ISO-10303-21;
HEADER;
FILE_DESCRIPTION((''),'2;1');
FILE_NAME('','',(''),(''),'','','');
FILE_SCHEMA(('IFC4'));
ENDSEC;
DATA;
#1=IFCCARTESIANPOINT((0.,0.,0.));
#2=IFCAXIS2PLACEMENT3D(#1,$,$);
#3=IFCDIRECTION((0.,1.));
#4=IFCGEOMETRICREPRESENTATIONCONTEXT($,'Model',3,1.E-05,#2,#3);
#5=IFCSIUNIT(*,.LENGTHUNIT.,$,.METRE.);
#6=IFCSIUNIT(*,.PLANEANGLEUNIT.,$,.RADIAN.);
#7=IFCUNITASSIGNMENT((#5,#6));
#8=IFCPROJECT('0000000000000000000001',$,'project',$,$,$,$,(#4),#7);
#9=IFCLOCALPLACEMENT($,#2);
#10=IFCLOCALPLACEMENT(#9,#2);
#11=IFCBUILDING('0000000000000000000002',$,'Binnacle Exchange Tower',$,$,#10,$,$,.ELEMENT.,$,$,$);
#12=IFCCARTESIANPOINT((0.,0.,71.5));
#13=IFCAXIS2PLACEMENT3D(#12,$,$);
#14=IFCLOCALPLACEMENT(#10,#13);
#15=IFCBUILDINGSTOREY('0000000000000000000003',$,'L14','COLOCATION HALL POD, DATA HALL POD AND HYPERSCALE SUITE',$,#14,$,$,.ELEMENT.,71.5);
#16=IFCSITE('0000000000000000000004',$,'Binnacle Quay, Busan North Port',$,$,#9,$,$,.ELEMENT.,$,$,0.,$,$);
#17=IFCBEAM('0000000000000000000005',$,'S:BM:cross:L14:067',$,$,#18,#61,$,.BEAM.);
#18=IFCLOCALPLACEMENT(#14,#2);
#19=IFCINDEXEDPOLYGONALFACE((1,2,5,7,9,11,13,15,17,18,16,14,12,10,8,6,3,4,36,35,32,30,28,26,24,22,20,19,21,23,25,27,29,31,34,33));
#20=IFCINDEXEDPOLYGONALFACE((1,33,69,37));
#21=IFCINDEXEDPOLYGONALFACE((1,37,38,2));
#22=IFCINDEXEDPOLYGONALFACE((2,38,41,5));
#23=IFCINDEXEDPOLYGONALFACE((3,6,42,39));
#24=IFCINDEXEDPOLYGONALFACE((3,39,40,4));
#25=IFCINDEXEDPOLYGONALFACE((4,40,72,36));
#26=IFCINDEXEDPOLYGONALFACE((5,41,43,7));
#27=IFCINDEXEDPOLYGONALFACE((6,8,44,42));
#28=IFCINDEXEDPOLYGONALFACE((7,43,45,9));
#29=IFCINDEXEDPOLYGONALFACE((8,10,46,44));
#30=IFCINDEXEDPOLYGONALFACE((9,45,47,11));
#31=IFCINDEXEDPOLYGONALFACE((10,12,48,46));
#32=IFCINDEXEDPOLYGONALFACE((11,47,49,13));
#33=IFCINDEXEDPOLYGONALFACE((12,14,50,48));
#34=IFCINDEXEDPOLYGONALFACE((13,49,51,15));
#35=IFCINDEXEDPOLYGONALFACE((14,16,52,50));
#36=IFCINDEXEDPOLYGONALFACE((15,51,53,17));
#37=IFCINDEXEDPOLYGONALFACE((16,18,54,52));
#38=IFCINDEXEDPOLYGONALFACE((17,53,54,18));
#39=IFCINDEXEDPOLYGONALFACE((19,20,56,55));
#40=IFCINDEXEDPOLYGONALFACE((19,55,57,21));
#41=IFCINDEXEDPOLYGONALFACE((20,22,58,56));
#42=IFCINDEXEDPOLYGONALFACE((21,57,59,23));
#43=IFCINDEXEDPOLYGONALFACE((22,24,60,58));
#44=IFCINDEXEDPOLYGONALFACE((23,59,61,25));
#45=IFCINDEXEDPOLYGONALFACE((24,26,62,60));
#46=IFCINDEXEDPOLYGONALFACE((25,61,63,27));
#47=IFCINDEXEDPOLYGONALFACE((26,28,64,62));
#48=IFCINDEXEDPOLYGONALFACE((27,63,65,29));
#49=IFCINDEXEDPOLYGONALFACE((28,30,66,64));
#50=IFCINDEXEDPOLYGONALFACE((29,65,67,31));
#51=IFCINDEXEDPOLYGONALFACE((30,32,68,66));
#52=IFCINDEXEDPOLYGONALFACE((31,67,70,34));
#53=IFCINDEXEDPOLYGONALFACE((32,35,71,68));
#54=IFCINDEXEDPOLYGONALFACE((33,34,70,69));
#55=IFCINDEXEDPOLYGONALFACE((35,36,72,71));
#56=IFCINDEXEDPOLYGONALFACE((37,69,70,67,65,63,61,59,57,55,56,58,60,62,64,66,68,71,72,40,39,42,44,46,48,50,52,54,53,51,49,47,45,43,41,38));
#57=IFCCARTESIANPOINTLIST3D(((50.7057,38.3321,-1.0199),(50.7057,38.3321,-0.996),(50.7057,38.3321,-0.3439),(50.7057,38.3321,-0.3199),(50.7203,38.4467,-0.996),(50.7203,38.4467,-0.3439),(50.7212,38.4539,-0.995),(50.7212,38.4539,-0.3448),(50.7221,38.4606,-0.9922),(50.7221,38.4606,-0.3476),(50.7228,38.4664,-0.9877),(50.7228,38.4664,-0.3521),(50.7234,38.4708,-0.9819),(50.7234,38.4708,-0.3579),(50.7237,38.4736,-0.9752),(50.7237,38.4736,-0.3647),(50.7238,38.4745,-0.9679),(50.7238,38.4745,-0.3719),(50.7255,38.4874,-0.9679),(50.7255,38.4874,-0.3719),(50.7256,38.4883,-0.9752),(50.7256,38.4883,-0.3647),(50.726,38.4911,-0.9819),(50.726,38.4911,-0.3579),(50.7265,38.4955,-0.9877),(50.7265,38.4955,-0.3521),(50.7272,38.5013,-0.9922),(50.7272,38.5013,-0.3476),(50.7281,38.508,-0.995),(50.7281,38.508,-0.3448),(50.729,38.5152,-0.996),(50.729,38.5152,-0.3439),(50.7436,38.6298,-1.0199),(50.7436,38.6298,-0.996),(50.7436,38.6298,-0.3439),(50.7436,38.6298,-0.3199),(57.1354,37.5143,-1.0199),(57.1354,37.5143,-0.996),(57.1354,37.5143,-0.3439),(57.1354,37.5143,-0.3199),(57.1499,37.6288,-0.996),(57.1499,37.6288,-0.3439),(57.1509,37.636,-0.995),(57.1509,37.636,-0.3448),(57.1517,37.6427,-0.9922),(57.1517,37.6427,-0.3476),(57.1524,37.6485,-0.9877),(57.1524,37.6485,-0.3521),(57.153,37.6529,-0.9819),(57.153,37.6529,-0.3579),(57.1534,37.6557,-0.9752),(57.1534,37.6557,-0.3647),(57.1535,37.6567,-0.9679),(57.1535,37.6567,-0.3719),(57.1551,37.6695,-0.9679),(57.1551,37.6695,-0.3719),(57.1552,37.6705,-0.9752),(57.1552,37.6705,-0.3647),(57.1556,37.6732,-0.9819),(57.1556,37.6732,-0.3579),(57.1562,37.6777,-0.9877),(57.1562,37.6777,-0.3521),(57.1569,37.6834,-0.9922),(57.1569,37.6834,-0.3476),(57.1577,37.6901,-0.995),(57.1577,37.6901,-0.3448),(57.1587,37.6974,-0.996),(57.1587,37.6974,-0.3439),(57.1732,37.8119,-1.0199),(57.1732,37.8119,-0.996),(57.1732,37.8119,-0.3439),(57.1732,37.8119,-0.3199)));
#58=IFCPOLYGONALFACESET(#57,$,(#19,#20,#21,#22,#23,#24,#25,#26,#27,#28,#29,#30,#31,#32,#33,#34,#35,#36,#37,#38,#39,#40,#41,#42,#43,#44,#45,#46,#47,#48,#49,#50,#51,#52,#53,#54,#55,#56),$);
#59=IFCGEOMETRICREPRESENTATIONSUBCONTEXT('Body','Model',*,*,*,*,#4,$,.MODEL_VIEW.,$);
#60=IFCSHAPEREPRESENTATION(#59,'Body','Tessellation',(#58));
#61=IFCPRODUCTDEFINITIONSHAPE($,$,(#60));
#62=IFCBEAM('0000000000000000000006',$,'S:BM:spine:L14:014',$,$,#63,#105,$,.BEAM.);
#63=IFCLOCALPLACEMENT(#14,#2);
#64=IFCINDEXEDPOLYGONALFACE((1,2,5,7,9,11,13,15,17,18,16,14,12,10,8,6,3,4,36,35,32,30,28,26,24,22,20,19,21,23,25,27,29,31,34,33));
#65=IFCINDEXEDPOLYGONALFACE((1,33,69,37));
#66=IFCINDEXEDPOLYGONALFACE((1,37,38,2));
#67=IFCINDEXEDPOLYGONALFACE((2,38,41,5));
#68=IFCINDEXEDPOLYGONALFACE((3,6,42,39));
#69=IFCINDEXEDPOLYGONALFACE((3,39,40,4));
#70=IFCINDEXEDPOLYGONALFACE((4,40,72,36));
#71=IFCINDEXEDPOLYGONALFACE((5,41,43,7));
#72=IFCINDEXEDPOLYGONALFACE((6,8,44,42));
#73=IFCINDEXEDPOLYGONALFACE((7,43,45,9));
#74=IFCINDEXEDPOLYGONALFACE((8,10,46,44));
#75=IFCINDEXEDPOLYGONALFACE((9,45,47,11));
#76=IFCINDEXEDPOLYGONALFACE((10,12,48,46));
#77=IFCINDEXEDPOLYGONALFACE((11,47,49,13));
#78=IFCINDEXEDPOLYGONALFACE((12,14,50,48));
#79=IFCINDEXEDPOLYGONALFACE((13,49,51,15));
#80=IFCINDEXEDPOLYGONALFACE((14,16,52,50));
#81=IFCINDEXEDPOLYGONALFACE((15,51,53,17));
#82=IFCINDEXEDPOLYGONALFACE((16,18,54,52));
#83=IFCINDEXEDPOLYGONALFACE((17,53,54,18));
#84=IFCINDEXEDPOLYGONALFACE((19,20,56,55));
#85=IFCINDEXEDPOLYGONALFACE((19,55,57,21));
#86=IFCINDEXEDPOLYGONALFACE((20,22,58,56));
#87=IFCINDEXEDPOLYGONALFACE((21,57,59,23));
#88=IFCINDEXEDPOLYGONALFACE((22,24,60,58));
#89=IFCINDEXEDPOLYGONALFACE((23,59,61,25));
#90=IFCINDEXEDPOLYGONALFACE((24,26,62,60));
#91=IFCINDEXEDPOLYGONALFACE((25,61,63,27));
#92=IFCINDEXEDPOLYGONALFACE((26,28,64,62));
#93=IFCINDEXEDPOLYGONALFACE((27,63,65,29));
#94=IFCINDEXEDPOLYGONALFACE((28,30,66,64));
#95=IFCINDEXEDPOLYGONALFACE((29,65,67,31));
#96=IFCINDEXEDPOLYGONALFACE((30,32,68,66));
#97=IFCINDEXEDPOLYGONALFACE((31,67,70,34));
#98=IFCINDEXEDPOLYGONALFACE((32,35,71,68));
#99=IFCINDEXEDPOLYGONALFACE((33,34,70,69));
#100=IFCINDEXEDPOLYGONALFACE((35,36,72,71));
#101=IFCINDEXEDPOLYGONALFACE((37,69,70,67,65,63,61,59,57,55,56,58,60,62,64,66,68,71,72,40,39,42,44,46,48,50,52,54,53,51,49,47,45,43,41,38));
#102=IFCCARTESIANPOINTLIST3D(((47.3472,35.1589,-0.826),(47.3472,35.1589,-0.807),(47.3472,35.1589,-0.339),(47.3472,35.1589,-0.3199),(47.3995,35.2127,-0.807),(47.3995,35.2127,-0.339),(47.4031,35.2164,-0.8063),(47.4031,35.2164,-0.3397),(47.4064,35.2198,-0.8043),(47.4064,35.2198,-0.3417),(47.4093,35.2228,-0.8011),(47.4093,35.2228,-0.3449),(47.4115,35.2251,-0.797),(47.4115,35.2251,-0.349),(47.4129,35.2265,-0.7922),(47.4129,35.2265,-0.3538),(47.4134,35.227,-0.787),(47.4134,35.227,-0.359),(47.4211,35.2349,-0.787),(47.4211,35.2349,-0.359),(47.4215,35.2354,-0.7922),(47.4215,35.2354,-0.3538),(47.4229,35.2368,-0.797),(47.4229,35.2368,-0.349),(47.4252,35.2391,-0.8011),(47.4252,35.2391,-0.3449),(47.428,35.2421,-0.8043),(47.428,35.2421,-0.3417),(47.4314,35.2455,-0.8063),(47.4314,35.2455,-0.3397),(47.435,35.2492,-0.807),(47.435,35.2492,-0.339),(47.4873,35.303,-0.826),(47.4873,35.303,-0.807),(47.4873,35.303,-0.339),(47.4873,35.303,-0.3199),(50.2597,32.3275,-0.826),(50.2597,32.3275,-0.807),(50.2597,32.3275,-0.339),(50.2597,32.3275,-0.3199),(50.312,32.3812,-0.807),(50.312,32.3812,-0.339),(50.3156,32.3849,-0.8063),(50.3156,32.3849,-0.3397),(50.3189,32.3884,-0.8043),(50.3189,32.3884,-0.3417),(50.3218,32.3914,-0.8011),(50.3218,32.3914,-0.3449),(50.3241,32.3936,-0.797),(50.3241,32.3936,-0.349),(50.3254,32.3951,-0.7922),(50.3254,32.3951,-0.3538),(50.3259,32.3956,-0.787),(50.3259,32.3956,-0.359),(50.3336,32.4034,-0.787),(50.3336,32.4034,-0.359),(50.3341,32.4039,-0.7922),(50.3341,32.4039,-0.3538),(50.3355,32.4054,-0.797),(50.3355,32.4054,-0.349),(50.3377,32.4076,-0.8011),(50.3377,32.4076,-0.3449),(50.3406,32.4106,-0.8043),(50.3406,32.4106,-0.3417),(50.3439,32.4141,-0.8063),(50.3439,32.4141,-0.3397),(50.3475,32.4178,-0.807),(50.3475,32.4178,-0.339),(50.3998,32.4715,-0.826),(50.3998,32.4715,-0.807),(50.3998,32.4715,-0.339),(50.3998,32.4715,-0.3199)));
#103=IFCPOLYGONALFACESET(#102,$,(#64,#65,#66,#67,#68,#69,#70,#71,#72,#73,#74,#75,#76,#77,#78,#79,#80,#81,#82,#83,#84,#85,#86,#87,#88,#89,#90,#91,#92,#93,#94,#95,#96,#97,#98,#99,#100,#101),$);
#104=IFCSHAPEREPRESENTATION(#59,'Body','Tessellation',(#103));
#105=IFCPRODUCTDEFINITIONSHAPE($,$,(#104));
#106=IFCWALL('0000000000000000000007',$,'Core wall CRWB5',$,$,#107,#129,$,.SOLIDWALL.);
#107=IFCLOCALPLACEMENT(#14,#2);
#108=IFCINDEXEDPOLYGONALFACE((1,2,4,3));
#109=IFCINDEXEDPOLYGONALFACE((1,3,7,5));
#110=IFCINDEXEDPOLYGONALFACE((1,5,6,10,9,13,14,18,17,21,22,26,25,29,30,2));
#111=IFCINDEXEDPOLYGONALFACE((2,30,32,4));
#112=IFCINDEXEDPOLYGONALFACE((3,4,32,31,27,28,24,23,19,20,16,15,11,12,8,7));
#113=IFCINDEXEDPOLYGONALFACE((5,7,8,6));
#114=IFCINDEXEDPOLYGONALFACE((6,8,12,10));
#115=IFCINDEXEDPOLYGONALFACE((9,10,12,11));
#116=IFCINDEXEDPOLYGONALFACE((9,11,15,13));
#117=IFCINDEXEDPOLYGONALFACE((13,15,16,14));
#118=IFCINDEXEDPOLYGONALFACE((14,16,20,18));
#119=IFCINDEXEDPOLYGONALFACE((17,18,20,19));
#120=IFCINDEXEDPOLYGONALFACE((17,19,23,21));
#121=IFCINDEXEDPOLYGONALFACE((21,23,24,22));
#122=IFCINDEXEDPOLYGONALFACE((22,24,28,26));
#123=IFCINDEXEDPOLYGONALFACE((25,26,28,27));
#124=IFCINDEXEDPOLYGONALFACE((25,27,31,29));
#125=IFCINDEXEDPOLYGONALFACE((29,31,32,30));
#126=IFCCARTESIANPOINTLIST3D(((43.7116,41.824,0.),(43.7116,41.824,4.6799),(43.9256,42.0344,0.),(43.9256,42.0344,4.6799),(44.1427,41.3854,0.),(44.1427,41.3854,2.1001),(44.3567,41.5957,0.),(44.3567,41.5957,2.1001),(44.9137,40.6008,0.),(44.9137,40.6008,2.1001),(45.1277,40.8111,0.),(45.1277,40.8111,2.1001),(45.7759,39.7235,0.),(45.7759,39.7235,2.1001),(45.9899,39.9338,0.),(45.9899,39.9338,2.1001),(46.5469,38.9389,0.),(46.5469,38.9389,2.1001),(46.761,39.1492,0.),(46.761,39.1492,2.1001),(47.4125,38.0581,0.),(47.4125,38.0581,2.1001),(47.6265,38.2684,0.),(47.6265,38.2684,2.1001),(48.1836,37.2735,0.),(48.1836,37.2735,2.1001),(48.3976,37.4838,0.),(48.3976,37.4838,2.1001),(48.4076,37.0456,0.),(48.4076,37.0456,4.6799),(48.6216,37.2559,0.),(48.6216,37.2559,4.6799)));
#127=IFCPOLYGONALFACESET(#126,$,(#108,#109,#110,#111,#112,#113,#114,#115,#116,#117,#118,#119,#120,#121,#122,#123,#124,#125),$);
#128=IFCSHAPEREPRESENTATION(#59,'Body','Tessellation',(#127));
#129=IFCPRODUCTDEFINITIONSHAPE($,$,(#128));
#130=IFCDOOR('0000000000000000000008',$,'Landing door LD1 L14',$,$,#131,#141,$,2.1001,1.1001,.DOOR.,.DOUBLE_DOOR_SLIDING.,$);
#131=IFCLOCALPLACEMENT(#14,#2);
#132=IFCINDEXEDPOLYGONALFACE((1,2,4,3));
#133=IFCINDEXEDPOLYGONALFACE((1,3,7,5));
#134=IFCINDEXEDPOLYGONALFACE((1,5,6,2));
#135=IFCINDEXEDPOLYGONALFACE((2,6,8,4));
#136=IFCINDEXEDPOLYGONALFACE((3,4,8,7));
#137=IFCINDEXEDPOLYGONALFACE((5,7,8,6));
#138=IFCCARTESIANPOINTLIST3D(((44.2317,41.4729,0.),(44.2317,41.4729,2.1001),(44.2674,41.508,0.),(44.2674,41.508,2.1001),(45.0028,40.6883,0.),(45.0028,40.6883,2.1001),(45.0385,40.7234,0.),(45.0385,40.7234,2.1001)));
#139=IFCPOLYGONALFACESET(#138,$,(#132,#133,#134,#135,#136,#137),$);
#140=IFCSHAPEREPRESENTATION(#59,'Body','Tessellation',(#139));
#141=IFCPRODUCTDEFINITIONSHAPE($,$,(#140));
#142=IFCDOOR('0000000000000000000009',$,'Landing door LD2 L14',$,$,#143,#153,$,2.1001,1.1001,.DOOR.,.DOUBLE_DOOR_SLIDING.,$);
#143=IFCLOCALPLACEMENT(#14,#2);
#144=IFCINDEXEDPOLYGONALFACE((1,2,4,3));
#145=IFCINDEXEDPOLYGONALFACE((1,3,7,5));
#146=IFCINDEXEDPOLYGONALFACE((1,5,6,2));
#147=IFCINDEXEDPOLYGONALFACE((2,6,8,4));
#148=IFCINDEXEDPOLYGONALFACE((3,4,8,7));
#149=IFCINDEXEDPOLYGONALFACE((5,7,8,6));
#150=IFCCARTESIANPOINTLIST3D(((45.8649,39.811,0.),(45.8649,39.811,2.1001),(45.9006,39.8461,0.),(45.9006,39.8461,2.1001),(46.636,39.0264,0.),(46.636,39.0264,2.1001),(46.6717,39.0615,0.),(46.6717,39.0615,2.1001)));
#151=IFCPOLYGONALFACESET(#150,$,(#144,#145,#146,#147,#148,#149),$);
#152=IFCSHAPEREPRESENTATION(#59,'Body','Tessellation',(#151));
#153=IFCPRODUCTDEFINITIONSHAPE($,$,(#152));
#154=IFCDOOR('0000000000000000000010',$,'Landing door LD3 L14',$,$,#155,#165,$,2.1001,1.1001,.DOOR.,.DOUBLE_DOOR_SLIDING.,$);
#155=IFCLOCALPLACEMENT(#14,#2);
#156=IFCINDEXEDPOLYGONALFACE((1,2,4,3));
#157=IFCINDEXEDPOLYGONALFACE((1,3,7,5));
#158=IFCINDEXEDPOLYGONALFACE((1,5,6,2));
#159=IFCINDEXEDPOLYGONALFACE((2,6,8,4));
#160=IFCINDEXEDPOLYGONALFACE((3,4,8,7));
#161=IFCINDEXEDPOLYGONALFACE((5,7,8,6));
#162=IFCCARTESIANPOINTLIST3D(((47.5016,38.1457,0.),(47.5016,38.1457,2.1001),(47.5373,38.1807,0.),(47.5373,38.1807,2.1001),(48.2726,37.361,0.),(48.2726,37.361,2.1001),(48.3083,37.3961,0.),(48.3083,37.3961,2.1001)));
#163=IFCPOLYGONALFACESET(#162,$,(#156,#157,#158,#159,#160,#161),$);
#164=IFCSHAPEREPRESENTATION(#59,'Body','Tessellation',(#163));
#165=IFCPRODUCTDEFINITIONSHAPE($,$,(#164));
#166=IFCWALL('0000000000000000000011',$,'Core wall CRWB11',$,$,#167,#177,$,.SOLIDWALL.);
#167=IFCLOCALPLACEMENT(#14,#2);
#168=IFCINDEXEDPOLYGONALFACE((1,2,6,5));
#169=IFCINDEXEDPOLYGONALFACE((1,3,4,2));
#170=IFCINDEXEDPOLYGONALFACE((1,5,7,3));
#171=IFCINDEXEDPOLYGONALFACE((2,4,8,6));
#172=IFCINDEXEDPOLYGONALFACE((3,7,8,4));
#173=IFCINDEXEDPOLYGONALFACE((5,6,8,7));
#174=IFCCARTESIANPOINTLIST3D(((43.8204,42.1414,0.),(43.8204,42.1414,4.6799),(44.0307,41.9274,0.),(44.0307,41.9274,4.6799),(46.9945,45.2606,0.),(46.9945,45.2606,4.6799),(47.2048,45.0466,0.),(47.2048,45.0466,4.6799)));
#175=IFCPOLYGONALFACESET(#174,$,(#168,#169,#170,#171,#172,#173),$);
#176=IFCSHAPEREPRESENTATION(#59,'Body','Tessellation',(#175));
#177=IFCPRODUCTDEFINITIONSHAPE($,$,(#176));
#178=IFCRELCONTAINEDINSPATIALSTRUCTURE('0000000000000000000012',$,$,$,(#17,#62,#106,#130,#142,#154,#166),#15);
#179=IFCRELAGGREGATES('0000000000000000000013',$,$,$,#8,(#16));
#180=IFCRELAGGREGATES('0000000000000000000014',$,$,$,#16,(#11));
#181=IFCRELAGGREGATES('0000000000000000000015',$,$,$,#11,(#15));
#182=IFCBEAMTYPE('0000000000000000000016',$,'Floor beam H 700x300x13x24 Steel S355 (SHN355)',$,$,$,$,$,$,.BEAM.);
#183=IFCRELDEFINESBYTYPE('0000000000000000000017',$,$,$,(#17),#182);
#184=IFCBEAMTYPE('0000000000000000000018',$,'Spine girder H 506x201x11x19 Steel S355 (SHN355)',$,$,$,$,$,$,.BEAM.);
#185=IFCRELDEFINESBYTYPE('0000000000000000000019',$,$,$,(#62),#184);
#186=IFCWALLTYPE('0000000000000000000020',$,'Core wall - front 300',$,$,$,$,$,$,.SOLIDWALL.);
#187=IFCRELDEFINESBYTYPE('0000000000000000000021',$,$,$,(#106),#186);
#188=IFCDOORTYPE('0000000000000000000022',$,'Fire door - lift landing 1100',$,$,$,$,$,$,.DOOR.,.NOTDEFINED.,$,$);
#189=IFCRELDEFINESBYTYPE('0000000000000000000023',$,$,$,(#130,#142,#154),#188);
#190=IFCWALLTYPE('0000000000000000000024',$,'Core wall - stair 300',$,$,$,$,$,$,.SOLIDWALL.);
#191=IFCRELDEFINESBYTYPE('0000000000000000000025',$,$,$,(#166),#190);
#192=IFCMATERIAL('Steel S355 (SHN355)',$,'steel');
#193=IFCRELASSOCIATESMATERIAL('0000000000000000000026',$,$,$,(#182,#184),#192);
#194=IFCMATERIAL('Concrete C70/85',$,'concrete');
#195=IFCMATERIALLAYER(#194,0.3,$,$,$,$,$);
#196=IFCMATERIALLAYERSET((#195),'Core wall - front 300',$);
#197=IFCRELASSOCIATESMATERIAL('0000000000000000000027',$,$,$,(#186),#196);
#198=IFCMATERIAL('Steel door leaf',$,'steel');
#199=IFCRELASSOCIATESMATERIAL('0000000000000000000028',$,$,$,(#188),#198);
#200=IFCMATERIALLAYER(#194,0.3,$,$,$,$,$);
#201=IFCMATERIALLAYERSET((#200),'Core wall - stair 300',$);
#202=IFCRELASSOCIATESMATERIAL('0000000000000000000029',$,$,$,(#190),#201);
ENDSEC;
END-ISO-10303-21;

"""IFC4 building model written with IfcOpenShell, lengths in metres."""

from ifc_helpers import new_model, si_unit, direction, frame, frame_2d, origin, origin_2d, place, context, subcontext, project, spatial, rectangle, i_section, extrude, material, layer, layer_set, material_profile, profile_set, type_object, element, fill, save


model = new_model("IFC4")

# Units and contexts
model_context = context("Model", 3, precision=1e-05, world=origin(), true_north=direction((0.0, 1.0)))
body_context = subcontext(model_context, "Body", "Model", "MODEL_VIEW")
ifc_project = project(units=[si_unit("LENGTHUNIT", "METRE"), si_unit("PLANEANGLEUNIT", "RADIAN")], contexts=[model_context])

# Site, building, storey
site_placement = place(None, origin())
site = spatial("IfcSite", under=ifc_project, at=site_placement, Name="Binnacle Quay, Busan North Port", CompositionType="ELEMENT", RefElevation=0.0)
building_placement = place(site_placement, origin())
building = spatial("IfcBuilding", under=site, at=building_placement, Name="Binnacle Exchange Tower", CompositionType="ELEMENT")
storey_placement = place(building_placement, frame((0.0, 0.0, 71.5)))
storey = spatial("IfcBuildingStorey", under=building, at=storey_placement, Name="L14", Description="COLOCATION HALL POD, DATA HALL POD AND HYPERSCALE SUITE", CompositionType="ELEMENT", Elevation=71.5)

# Shared definitions
ifc_material_1 = material(Name="Concrete C70/85", Category="concrete")

# Beams
ifc_material_2 = material(Name="Steel S355 (SHN355)", Category="steel")
ifc_material_profile_1 = material_profile(ifc_material_2, i_section(OverallWidth=0.3, OverallDepth=0.7, WebThickness=0.0129, FlangeThickness=0.0239, FilletRadius=0.0281, at=origin_2d()), Name="H 700x300x13x24")
ifc_profile_set_1 = profile_set([ifc_material_profile_1], Name="Steel S355 (SHN355)")
beam_type_1 = type_object("IfcBeamType", Name="Floor beam H 700x300x13x24 Steel S355 (SHN355)", PredefinedType="BEAM", material=ifc_profile_set_1)
beam_1_placement = place(storey_placement, frame((57.1543, 37.6631, -0.6699), z_axis=(-0.992007, 0.126186, 0.0), x_axis=(-0.126186, -0.992007, 0.0)))
element("IfcBeam", 1, at=beam_1_placement, inside=storey, type_object=beam_type_1, Name="S:BM:cross:L14:067", PredefinedType="BEAM", context=body_context, shape_type="SweptSolid", body=[
    extrude(i_section(OverallWidth=0.3, OverallDepth=0.7, WebThickness=0.0129, FlangeThickness=0.0239, FilletRadius=0.0281, at=origin_2d()), origin(), (0.0, 0.0, 1.0), 6.4814),
])
ifc_material_profile_2 = material_profile(ifc_material_2, i_section(OverallWidth=0.2009, OverallDepth=0.5061, WebThickness=0.011, FlangeThickness=0.019, FilletRadius=0.02, at=origin_2d()), Name="H 506x201x11x19")
ifc_profile_set_2 = profile_set([ifc_material_profile_2], Name="Steel S355 (SHN355)")
beam_type_2 = type_object("IfcBeamType", Name="Spine girder H 506x201x11x19 Steel S355 (SHN355)", PredefinedType="BEAM", material=ifc_profile_set_2)
beam_2_placement = place(storey_placement, frame((47.4172, 35.231, -0.573), z_axis=(0.717013, -0.69706, 0.0), x_axis=(0.69706, 0.717013, 0.0)))
element("IfcBeam", 2, at=beam_2_placement, inside=storey, type_object=beam_type_2, Name="S:BM:spine:L14:014", PredefinedType="BEAM", context=body_context, shape_type="SweptSolid", body=[
    extrude(i_section(OverallWidth=0.2009, OverallDepth=0.5061, WebThickness=0.011, FlangeThickness=0.019, FilletRadius=0.02, at=origin_2d()), origin(), (0.0, 0.0, 1.0), 4.062),
])

# Wall, openings, doors
ifc_layer_1 = layer(ifc_material_1, 0.3)
ifc_layer_set_1 = layer_set([ifc_layer_1], Name="Core wall - front 300")
wall_type_1 = type_object("IfcWallType", Name="Core wall - front 300", PredefinedType="SOLIDWALL", material=ifc_layer_set_1)
wall_1_placement = place(storey_placement, frame((43.8186, 41.9292, 0.0), z_axis=(0.0, 0.0, 1.0), x_axis=(0.700922, -0.713238, 0.0)))
wall_1 = element("IfcWall", 3, at=wall_1_placement, inside=storey, type_object=wall_type_1, Name="Core wall CRWB5", PredefinedType="SOLIDWALL", context=body_context, shape_type="SweptSolid", body=[
    extrude(rectangle(XDim=6.6997, YDim=0.3, at=frame_2d((3.3499, 0.0))), origin(), (0.0, 0.0, 1.0), 4.6799),
])
opening_1_placement = place(wall_1_placement, frame((0.615, 0.0, 0.0)))
opening_1 = element("IfcOpeningElement", 4, at=opening_1_placement, cuts=wall_1, PredefinedType="OPENING", context=body_context, shape_type="SweptSolid", body=[
    extrude(rectangle(XDim=1.1001, YDim=2.1001, at=frame_2d((0.55, 1.05))), frame((0.0, 0.1599, 0.0), z_axis=(0.0, -1.0, 0.0), x_axis=(1.0, 0.0, 0.0)), (0.0, 0.0, 1.0), 0.3201),
])
opening_2_placement = place(wall_1_placement, frame((2.9451, 0.0, 0.0)))
opening_2 = element("IfcOpeningElement", 5, at=opening_2_placement, cuts=wall_1, PredefinedType="OPENING", context=body_context, shape_type="SweptSolid", body=[
    extrude(rectangle(XDim=1.1001, YDim=2.1001, at=frame_2d((0.55, 1.05))), frame((0.0, 0.1599, 0.0), z_axis=(0.0, -1.0, 0.0), x_axis=(1.0, 0.0, 0.0)), (0.0, 0.0, 1.0), 0.3201),
])
opening_3_placement = place(wall_1_placement, frame((5.28, 0.0, 0.0)))
opening_3 = element("IfcOpeningElement", 6, at=opening_3_placement, cuts=wall_1, PredefinedType="OPENING", context=body_context, shape_type="SweptSolid", body=[
    extrude(rectangle(XDim=1.1001, YDim=2.1001, at=frame_2d((0.55, 1.05))), frame((0.0, 0.1599, 0.0), z_axis=(0.0, -1.0, 0.0), x_axis=(1.0, 0.0, 0.0)), (0.0, 0.0, 1.0), 0.3201),
])
ifc_material_3 = material(Name="Steel door leaf", Category="steel")
door_type_1 = type_object("IfcDoorType", Name="Fire door - lift landing 1100", OperationType="NOTDEFINED", PredefinedType="DOOR", material=ifc_material_3)
door_1_placement = place(opening_1_placement, origin())
door_1 = element("IfcDoor", 7, at=door_1_placement, inside=storey, type_object=door_type_1, Name="Landing door LD1 L14", OperationType="DOUBLE_DOOR_SLIDING", OverallHeight=2.1001, OverallWidth=1.1001, PredefinedType="DOOR", context=body_context, shape_type="SweptSolid", body=[
    extrude(rectangle(XDim=1.1001, YDim=2.1001, at=frame_2d((0.55, 1.05))), frame((0.0, 0.0249, 0.0), z_axis=(0.0, -1.0, 0.0), x_axis=(1.0, 0.0, 0.0)), (0.0, 0.0, 1.0), 0.05),
])
fill(opening_1, door_1)
door_2_placement = place(opening_2_placement, origin())
door_2 = element("IfcDoor", 8, at=door_2_placement, inside=storey, type_object=door_type_1, Name="Landing door LD2 L14", OperationType="DOUBLE_DOOR_SLIDING", OverallHeight=2.1001, OverallWidth=1.1001, PredefinedType="DOOR", context=body_context, shape_type="SweptSolid", body=[
    extrude(rectangle(XDim=1.1001, YDim=2.1001, at=frame_2d((0.55, 1.05))), frame((0.0, 0.0249, 0.0), z_axis=(0.0, -1.0, 0.0), x_axis=(1.0, 0.0, 0.0)), (0.0, 0.0, 1.0), 0.05),
])
fill(opening_2, door_2)
door_3_placement = place(opening_3_placement, origin())
door_3 = element("IfcDoor", 9, at=door_3_placement, inside=storey, type_object=door_type_1, Name="Landing door LD3 L14", OperationType="DOUBLE_DOOR_SLIDING", OverallHeight=2.1001, OverallWidth=1.1001, PredefinedType="DOOR", context=body_context, shape_type="SweptSolid", body=[
    extrude(rectangle(XDim=1.1001, YDim=2.1001, at=frame_2d((0.55, 1.05))), frame((0.0, 0.0249, 0.0), z_axis=(0.0, -1.0, 0.0), x_axis=(1.0, 0.0, 0.0)), (0.0, 0.0, 1.0), 0.05),
])
fill(opening_3, door_3)

# Wall
ifc_layer_2 = layer(ifc_material_1, 0.3)
ifc_layer_set_2 = layer_set([ifc_layer_2], Name="Core wall - stair 300")
wall_type_2 = type_object("IfcWallType", Name="Core wall - stair 300", PredefinedType="SOLIDWALL", material=ifc_layer_set_2)
wall_2_placement = place(storey_placement, frame((43.9255, 42.0344, 0.0), z_axis=(0.0, 0.0, 1.0), x_axis=(0.713252, 0.700908, 0.0)))
element("IfcWall", 10, at=wall_2_placement, inside=storey, type_object=wall_type_2, Name="Core wall CRWB11", PredefinedType="SOLIDWALL", context=body_context, shape_type="SweptSolid", body=[
    extrude(rectangle(XDim=4.4502, YDim=0.3, at=frame_2d((2.2251, 0.0))), origin(), (0.0, 0.0, 1.0), 4.6799),
])

save(model, "model.ifc")
